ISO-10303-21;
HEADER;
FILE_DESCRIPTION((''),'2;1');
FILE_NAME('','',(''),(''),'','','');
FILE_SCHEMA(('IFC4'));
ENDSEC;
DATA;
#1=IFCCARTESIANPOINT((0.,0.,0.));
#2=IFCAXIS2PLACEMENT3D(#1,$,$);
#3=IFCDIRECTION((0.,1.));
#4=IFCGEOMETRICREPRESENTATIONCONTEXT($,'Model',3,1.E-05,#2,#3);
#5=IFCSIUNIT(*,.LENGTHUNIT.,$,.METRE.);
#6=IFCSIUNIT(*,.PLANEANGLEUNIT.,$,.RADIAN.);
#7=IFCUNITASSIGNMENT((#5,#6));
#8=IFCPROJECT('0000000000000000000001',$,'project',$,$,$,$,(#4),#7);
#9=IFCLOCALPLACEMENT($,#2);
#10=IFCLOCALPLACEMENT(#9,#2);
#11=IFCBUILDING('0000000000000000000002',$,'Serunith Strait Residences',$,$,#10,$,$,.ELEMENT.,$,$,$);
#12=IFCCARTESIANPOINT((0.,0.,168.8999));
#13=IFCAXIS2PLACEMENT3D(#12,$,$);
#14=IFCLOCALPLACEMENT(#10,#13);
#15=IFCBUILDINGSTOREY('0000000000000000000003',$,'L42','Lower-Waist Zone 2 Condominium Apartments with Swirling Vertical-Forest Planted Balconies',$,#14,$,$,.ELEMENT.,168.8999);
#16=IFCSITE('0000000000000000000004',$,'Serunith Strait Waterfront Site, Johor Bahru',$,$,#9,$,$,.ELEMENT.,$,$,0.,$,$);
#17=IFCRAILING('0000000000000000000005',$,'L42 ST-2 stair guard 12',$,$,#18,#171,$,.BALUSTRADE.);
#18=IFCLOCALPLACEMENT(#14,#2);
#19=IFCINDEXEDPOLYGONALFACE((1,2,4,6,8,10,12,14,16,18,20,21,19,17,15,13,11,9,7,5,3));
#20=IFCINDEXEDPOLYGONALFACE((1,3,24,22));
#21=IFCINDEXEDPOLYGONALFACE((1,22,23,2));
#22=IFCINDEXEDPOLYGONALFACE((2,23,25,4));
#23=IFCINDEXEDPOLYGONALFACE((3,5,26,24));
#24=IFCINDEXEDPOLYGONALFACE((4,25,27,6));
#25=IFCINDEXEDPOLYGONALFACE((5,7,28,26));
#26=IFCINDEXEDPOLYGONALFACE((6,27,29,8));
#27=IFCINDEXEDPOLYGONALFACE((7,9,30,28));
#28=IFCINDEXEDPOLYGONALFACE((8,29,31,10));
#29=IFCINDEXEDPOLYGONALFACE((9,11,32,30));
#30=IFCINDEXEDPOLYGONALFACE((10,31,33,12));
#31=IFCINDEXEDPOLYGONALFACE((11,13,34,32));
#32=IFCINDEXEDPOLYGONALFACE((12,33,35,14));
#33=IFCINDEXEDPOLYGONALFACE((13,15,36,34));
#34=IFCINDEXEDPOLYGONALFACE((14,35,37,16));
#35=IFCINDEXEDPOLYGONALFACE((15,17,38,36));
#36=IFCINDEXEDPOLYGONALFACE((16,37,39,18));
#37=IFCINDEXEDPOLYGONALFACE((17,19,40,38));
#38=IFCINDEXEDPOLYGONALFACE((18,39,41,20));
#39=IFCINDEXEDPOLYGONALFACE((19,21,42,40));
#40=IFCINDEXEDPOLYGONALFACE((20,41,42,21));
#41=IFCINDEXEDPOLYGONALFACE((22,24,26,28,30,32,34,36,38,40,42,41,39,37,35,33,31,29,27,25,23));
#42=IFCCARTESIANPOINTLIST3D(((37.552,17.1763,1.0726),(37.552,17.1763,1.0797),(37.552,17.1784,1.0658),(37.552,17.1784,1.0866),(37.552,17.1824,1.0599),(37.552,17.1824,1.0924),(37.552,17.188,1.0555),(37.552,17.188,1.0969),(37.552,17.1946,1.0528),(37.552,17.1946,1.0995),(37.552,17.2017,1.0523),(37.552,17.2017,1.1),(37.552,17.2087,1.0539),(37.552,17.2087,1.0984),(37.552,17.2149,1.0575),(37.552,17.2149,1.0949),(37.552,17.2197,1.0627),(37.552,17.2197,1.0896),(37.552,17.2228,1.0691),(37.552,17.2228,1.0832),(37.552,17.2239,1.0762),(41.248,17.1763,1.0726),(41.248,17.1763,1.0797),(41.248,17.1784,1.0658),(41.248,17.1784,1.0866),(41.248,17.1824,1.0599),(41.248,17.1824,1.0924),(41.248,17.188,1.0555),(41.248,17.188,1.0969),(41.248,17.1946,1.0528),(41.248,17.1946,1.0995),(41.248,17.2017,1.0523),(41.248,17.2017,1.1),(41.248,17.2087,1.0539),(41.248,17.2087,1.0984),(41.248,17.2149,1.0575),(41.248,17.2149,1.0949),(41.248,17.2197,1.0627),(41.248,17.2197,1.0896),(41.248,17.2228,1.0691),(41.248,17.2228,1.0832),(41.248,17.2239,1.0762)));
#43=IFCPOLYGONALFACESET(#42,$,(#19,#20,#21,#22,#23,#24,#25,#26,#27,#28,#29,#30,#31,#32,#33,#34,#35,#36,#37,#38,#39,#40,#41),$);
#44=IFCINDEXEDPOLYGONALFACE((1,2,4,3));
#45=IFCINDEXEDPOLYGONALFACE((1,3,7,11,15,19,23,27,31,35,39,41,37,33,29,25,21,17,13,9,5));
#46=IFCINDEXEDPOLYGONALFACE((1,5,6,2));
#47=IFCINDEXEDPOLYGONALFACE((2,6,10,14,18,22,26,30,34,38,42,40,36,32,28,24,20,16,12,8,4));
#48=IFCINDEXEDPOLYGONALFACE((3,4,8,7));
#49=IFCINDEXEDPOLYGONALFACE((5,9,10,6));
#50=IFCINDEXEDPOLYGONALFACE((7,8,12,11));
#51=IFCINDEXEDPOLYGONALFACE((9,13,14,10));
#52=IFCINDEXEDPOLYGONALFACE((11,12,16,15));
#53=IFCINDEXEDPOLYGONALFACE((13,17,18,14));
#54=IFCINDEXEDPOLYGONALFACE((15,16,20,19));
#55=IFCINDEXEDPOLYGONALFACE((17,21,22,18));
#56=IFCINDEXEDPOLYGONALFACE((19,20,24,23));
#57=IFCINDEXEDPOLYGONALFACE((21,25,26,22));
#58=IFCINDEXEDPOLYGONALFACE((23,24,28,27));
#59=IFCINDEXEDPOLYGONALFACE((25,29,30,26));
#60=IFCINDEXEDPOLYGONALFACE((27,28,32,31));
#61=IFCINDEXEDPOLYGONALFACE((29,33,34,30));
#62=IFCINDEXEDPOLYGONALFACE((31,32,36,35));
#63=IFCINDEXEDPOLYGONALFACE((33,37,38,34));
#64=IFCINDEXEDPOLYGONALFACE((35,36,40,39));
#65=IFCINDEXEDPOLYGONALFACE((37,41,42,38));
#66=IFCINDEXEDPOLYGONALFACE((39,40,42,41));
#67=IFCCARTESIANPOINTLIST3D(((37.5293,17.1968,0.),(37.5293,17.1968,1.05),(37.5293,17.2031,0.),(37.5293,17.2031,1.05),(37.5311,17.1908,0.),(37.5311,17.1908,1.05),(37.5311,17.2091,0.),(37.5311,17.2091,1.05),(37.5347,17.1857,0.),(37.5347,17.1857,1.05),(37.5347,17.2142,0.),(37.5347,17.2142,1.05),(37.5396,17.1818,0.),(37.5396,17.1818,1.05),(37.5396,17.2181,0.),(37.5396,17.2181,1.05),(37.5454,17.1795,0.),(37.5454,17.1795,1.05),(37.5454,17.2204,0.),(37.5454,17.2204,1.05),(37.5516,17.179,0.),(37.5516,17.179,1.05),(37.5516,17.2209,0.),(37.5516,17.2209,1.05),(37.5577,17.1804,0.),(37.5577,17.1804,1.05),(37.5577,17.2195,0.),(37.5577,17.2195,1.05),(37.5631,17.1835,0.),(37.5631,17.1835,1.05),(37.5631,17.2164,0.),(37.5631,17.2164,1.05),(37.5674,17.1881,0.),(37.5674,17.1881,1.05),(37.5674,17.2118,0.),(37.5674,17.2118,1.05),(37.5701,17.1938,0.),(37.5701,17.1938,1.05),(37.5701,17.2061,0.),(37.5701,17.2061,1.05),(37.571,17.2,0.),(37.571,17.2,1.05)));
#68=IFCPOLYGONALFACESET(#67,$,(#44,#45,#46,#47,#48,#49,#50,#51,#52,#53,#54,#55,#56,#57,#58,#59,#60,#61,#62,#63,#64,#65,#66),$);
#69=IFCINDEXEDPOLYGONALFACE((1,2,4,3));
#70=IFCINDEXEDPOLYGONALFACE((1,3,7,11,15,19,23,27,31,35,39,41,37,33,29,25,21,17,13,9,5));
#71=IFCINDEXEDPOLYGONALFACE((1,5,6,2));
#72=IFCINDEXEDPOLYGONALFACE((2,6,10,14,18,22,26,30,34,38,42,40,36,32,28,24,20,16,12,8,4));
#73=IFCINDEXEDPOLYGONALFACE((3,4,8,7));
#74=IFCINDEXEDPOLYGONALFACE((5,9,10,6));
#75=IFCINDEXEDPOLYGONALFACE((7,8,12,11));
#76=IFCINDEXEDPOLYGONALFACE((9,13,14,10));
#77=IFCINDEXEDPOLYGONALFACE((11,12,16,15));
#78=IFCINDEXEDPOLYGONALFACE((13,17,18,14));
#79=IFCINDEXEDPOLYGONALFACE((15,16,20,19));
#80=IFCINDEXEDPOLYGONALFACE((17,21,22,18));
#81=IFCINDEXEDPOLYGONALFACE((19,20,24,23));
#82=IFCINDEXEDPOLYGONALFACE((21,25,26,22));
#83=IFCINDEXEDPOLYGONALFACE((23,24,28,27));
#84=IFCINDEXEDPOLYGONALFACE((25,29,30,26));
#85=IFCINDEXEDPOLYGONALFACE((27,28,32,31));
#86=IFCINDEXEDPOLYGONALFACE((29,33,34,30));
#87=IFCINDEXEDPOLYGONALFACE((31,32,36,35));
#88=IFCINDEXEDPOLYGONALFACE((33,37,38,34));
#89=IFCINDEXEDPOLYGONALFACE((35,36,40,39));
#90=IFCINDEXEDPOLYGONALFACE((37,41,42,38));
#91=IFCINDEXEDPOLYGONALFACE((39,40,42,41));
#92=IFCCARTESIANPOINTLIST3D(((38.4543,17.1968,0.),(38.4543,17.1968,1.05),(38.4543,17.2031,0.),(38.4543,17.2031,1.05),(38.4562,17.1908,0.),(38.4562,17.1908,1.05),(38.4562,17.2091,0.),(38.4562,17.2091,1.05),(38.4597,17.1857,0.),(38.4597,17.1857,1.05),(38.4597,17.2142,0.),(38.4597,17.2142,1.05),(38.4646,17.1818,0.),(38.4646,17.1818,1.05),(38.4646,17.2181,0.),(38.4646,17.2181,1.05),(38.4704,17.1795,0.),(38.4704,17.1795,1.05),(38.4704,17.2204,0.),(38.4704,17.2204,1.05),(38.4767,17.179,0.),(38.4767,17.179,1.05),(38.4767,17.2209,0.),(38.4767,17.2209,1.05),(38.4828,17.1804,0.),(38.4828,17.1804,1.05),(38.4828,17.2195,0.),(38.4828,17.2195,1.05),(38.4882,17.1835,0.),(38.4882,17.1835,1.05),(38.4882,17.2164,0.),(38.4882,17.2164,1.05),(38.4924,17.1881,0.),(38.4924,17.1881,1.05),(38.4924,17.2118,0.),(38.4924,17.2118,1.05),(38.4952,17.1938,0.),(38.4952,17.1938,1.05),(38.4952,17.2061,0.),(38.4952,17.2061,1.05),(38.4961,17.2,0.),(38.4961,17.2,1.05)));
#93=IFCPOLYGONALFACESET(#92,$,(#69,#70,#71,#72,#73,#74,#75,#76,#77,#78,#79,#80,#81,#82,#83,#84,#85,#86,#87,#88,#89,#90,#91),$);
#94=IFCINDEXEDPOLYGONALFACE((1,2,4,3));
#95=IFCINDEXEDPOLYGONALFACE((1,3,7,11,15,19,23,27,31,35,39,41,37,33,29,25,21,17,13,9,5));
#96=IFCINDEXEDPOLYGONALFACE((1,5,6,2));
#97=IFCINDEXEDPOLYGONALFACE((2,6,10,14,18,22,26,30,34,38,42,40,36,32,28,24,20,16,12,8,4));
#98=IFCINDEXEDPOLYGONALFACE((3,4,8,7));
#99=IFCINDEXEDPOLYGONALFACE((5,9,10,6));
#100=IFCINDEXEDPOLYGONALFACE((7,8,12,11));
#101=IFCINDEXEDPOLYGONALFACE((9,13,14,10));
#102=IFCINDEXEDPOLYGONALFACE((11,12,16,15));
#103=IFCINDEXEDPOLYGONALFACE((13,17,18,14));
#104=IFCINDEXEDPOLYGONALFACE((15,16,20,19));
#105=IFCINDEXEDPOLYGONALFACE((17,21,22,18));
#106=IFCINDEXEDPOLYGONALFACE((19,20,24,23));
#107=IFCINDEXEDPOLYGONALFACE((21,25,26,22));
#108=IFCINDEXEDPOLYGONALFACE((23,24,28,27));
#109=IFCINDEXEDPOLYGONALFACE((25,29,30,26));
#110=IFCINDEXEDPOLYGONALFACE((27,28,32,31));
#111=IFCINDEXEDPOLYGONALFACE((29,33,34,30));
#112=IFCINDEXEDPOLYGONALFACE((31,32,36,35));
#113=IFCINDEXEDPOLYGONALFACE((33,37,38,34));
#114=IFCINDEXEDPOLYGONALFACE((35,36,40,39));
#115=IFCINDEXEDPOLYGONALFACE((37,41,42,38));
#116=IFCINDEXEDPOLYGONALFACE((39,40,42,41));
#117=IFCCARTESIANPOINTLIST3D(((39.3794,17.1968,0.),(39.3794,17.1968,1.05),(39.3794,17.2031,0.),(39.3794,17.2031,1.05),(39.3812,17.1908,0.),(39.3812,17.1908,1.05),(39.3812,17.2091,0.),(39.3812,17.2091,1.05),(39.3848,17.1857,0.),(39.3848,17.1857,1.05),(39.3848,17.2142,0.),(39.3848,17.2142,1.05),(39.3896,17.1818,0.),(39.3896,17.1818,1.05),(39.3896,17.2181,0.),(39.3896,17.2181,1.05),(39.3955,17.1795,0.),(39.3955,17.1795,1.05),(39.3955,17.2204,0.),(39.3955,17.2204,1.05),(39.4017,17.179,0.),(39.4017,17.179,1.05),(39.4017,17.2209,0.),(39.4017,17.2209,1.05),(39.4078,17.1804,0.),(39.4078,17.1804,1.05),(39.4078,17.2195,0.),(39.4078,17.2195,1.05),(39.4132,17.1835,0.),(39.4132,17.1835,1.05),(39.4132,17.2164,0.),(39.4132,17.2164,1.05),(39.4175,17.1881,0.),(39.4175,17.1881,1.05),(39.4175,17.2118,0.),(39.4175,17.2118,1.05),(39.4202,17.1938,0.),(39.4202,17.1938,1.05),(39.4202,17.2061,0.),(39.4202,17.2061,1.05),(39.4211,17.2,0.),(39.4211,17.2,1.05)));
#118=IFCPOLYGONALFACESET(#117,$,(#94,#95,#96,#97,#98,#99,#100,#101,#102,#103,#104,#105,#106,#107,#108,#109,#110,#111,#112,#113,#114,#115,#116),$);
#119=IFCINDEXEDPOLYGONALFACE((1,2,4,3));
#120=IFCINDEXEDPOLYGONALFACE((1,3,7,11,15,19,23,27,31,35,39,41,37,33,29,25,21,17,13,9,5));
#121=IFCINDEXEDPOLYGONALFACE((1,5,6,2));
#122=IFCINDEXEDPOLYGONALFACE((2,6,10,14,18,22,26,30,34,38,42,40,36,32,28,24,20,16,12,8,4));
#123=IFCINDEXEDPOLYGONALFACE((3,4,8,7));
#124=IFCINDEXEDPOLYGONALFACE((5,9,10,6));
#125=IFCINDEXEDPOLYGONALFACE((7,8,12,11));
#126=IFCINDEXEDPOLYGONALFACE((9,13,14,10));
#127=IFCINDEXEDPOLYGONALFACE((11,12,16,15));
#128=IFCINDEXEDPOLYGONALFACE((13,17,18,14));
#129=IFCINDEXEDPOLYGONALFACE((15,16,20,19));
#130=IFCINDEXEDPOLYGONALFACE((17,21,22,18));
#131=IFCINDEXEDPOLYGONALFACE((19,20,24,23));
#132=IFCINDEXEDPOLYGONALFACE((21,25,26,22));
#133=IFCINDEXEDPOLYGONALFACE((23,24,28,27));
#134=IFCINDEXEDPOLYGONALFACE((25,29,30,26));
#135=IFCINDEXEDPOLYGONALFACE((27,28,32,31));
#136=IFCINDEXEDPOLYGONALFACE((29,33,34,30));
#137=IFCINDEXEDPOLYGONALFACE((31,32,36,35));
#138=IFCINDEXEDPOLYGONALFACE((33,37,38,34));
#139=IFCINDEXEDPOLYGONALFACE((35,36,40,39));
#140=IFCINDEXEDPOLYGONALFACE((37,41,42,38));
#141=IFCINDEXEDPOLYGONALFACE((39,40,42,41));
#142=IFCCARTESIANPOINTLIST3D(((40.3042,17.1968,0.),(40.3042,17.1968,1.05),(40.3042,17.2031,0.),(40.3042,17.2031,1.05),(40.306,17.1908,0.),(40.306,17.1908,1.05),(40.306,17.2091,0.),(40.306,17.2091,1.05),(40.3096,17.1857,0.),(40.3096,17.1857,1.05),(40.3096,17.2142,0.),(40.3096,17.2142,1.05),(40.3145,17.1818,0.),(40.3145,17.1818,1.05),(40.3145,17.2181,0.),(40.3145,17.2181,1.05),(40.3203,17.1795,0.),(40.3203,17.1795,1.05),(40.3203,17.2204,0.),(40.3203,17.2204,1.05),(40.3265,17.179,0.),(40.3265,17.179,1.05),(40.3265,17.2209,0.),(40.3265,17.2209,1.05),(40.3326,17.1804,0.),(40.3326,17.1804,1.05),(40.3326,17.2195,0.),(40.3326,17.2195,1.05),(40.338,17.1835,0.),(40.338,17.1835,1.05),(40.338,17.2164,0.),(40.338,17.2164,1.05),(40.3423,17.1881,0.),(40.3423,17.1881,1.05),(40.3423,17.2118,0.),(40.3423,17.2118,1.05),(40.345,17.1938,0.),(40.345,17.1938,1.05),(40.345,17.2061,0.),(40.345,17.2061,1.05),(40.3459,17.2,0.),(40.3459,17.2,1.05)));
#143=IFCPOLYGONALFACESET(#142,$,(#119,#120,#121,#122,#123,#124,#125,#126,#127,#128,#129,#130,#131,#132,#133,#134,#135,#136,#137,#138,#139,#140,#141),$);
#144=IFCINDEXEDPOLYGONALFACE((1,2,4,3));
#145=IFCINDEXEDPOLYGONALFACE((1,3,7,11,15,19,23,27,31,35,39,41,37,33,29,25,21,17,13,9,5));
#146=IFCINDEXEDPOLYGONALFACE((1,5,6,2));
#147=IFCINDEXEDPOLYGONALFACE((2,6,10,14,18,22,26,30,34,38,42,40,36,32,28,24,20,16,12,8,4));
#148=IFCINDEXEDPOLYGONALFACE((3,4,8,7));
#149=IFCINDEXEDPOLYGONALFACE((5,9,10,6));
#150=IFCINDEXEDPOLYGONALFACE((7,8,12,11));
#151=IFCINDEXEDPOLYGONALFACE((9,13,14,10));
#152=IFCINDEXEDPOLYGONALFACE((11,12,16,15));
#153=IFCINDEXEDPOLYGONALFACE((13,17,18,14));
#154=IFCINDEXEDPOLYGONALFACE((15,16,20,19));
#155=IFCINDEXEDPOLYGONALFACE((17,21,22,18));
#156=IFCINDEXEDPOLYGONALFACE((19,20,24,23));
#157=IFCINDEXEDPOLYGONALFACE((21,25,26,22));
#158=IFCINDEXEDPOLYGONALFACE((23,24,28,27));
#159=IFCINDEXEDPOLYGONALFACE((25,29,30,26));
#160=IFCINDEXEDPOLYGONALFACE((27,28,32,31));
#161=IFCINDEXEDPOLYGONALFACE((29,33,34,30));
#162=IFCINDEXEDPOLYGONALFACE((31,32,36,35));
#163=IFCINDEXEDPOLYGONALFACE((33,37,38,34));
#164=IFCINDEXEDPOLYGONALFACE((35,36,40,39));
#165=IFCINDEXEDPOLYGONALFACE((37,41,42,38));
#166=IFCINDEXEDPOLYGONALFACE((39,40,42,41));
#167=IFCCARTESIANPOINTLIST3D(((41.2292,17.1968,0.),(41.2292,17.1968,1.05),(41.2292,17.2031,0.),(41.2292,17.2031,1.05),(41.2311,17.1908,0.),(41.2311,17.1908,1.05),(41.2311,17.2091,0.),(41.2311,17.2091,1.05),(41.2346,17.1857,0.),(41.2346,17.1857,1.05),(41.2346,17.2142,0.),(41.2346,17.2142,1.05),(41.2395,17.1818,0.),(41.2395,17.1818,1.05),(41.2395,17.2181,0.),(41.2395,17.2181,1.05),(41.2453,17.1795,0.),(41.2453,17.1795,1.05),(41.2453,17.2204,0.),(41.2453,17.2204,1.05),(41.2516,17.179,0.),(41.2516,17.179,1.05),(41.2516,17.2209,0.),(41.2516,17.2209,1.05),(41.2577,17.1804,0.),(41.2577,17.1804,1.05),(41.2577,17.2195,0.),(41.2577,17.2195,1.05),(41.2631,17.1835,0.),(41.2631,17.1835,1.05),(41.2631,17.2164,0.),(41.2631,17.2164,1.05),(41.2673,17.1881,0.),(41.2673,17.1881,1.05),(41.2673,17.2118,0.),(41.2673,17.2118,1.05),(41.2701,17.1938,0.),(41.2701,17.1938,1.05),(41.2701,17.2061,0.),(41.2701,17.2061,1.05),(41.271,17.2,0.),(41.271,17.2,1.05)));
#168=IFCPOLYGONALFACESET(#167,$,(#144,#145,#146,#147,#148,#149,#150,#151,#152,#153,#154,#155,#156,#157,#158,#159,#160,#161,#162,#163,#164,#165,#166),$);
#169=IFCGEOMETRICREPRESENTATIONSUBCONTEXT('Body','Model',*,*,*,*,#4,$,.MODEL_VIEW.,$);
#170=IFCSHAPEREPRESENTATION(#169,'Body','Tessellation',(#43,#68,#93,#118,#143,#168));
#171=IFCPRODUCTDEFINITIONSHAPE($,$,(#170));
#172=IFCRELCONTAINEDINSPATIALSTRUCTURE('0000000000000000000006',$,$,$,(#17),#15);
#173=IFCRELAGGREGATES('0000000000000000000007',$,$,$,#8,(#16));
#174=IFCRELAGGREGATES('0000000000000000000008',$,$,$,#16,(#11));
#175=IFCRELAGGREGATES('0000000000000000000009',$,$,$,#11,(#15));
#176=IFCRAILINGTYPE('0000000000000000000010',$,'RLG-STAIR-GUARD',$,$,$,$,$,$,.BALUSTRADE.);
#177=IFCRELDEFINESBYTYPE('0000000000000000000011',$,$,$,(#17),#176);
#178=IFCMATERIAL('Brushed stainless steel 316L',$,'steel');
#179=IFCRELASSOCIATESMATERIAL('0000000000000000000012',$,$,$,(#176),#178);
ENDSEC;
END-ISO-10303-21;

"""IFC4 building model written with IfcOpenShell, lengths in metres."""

from ifc_helpers import new_model, si_unit, direction, frame, origin, origin_2d, place, context, subcontext, project, spatial, circle, extrude, material, type_object, element, save


model = new_model("IFC4")

# Units and contexts
model_context = context("Model", 3, precision=1e-05, world=origin(), true_north=direction((0.0, 1.0)))
body_context = subcontext(model_context, "Body", "Model", "MODEL_VIEW")
ifc_project = project(units=[si_unit("LENGTHUNIT", "METRE"), si_unit("PLANEANGLEUNIT", "RADIAN")], contexts=[model_context])

# Site, building, storey
site_placement = place(None, origin())
site = spatial("IfcSite", under=ifc_project, at=site_placement, Name="Serunith Strait Waterfront Site, Johor Bahru", CompositionType="ELEMENT", RefElevation=0.0)
building_placement = place(site_placement, origin())
building = spatial("IfcBuilding", under=site, at=building_placement, Name="Serunith Strait Residences", CompositionType="ELEMENT")
storey_placement = place(building_placement, frame((0.0, 0.0, 168.8999)))
storey = spatial("IfcBuildingStorey", under=building, at=storey_placement, Name="L42", Description="Lower-Waist Zone 2 Condominium Apartments with Swirling Vertical-Forest Planted Balconies", CompositionType="ELEMENT", Elevation=168.8999)

# Railing
ifc_material_1 = material(Name="Brushed stainless steel 316L", Category="steel")
railing_type_1 = type_object("IfcRailingType", Name="RLG-STAIR-GUARD", PredefinedType="BALUSTRADE", material=ifc_material_1)
railing_1_placement = place(storey_placement, frame((37.55, 17.2, 0.0)))
element("IfcRailing", 1, at=railing_1_placement, inside=storey, type_object=railing_type_1, Name="L42 ST-2 stair guard 12", PredefinedType="BALUSTRADE", context=body_context, shape_type="SweptSolid", body=[
    extrude(circle(Radius=0.0239, at=origin_2d()), frame((0.002, 0.0, 1.0762), z_axis=(1.0, 0.0, 0.0), x_axis=(0.0, 1.0, 0.0)), (0.0, 0.0, 1.0), 3.696),
    extrude(circle(Radius=0.021, at=origin_2d()), origin(), (0.0, 0.0, 1.0), 1.05),
    extrude(circle(Radius=0.021, at=origin_2d()), frame((0.925, 0.0, 0.0)), (0.0, 0.0, 1.0), 1.05),
    extrude(circle(Radius=0.021, at=origin_2d()), frame((1.8501, 0.0, 0.0)), (0.0, 0.0, 1.0), 1.05),
    extrude(circle(Radius=0.021, at=origin_2d()), frame((2.7749, 0.0, 0.0)), (0.0, 0.0, 1.0), 1.05),
    extrude(circle(Radius=0.021, at=origin_2d()), frame((3.7, 0.0, 0.0)), (0.0, 0.0, 1.0), 1.05),
])

save(model, "model.ifc")
